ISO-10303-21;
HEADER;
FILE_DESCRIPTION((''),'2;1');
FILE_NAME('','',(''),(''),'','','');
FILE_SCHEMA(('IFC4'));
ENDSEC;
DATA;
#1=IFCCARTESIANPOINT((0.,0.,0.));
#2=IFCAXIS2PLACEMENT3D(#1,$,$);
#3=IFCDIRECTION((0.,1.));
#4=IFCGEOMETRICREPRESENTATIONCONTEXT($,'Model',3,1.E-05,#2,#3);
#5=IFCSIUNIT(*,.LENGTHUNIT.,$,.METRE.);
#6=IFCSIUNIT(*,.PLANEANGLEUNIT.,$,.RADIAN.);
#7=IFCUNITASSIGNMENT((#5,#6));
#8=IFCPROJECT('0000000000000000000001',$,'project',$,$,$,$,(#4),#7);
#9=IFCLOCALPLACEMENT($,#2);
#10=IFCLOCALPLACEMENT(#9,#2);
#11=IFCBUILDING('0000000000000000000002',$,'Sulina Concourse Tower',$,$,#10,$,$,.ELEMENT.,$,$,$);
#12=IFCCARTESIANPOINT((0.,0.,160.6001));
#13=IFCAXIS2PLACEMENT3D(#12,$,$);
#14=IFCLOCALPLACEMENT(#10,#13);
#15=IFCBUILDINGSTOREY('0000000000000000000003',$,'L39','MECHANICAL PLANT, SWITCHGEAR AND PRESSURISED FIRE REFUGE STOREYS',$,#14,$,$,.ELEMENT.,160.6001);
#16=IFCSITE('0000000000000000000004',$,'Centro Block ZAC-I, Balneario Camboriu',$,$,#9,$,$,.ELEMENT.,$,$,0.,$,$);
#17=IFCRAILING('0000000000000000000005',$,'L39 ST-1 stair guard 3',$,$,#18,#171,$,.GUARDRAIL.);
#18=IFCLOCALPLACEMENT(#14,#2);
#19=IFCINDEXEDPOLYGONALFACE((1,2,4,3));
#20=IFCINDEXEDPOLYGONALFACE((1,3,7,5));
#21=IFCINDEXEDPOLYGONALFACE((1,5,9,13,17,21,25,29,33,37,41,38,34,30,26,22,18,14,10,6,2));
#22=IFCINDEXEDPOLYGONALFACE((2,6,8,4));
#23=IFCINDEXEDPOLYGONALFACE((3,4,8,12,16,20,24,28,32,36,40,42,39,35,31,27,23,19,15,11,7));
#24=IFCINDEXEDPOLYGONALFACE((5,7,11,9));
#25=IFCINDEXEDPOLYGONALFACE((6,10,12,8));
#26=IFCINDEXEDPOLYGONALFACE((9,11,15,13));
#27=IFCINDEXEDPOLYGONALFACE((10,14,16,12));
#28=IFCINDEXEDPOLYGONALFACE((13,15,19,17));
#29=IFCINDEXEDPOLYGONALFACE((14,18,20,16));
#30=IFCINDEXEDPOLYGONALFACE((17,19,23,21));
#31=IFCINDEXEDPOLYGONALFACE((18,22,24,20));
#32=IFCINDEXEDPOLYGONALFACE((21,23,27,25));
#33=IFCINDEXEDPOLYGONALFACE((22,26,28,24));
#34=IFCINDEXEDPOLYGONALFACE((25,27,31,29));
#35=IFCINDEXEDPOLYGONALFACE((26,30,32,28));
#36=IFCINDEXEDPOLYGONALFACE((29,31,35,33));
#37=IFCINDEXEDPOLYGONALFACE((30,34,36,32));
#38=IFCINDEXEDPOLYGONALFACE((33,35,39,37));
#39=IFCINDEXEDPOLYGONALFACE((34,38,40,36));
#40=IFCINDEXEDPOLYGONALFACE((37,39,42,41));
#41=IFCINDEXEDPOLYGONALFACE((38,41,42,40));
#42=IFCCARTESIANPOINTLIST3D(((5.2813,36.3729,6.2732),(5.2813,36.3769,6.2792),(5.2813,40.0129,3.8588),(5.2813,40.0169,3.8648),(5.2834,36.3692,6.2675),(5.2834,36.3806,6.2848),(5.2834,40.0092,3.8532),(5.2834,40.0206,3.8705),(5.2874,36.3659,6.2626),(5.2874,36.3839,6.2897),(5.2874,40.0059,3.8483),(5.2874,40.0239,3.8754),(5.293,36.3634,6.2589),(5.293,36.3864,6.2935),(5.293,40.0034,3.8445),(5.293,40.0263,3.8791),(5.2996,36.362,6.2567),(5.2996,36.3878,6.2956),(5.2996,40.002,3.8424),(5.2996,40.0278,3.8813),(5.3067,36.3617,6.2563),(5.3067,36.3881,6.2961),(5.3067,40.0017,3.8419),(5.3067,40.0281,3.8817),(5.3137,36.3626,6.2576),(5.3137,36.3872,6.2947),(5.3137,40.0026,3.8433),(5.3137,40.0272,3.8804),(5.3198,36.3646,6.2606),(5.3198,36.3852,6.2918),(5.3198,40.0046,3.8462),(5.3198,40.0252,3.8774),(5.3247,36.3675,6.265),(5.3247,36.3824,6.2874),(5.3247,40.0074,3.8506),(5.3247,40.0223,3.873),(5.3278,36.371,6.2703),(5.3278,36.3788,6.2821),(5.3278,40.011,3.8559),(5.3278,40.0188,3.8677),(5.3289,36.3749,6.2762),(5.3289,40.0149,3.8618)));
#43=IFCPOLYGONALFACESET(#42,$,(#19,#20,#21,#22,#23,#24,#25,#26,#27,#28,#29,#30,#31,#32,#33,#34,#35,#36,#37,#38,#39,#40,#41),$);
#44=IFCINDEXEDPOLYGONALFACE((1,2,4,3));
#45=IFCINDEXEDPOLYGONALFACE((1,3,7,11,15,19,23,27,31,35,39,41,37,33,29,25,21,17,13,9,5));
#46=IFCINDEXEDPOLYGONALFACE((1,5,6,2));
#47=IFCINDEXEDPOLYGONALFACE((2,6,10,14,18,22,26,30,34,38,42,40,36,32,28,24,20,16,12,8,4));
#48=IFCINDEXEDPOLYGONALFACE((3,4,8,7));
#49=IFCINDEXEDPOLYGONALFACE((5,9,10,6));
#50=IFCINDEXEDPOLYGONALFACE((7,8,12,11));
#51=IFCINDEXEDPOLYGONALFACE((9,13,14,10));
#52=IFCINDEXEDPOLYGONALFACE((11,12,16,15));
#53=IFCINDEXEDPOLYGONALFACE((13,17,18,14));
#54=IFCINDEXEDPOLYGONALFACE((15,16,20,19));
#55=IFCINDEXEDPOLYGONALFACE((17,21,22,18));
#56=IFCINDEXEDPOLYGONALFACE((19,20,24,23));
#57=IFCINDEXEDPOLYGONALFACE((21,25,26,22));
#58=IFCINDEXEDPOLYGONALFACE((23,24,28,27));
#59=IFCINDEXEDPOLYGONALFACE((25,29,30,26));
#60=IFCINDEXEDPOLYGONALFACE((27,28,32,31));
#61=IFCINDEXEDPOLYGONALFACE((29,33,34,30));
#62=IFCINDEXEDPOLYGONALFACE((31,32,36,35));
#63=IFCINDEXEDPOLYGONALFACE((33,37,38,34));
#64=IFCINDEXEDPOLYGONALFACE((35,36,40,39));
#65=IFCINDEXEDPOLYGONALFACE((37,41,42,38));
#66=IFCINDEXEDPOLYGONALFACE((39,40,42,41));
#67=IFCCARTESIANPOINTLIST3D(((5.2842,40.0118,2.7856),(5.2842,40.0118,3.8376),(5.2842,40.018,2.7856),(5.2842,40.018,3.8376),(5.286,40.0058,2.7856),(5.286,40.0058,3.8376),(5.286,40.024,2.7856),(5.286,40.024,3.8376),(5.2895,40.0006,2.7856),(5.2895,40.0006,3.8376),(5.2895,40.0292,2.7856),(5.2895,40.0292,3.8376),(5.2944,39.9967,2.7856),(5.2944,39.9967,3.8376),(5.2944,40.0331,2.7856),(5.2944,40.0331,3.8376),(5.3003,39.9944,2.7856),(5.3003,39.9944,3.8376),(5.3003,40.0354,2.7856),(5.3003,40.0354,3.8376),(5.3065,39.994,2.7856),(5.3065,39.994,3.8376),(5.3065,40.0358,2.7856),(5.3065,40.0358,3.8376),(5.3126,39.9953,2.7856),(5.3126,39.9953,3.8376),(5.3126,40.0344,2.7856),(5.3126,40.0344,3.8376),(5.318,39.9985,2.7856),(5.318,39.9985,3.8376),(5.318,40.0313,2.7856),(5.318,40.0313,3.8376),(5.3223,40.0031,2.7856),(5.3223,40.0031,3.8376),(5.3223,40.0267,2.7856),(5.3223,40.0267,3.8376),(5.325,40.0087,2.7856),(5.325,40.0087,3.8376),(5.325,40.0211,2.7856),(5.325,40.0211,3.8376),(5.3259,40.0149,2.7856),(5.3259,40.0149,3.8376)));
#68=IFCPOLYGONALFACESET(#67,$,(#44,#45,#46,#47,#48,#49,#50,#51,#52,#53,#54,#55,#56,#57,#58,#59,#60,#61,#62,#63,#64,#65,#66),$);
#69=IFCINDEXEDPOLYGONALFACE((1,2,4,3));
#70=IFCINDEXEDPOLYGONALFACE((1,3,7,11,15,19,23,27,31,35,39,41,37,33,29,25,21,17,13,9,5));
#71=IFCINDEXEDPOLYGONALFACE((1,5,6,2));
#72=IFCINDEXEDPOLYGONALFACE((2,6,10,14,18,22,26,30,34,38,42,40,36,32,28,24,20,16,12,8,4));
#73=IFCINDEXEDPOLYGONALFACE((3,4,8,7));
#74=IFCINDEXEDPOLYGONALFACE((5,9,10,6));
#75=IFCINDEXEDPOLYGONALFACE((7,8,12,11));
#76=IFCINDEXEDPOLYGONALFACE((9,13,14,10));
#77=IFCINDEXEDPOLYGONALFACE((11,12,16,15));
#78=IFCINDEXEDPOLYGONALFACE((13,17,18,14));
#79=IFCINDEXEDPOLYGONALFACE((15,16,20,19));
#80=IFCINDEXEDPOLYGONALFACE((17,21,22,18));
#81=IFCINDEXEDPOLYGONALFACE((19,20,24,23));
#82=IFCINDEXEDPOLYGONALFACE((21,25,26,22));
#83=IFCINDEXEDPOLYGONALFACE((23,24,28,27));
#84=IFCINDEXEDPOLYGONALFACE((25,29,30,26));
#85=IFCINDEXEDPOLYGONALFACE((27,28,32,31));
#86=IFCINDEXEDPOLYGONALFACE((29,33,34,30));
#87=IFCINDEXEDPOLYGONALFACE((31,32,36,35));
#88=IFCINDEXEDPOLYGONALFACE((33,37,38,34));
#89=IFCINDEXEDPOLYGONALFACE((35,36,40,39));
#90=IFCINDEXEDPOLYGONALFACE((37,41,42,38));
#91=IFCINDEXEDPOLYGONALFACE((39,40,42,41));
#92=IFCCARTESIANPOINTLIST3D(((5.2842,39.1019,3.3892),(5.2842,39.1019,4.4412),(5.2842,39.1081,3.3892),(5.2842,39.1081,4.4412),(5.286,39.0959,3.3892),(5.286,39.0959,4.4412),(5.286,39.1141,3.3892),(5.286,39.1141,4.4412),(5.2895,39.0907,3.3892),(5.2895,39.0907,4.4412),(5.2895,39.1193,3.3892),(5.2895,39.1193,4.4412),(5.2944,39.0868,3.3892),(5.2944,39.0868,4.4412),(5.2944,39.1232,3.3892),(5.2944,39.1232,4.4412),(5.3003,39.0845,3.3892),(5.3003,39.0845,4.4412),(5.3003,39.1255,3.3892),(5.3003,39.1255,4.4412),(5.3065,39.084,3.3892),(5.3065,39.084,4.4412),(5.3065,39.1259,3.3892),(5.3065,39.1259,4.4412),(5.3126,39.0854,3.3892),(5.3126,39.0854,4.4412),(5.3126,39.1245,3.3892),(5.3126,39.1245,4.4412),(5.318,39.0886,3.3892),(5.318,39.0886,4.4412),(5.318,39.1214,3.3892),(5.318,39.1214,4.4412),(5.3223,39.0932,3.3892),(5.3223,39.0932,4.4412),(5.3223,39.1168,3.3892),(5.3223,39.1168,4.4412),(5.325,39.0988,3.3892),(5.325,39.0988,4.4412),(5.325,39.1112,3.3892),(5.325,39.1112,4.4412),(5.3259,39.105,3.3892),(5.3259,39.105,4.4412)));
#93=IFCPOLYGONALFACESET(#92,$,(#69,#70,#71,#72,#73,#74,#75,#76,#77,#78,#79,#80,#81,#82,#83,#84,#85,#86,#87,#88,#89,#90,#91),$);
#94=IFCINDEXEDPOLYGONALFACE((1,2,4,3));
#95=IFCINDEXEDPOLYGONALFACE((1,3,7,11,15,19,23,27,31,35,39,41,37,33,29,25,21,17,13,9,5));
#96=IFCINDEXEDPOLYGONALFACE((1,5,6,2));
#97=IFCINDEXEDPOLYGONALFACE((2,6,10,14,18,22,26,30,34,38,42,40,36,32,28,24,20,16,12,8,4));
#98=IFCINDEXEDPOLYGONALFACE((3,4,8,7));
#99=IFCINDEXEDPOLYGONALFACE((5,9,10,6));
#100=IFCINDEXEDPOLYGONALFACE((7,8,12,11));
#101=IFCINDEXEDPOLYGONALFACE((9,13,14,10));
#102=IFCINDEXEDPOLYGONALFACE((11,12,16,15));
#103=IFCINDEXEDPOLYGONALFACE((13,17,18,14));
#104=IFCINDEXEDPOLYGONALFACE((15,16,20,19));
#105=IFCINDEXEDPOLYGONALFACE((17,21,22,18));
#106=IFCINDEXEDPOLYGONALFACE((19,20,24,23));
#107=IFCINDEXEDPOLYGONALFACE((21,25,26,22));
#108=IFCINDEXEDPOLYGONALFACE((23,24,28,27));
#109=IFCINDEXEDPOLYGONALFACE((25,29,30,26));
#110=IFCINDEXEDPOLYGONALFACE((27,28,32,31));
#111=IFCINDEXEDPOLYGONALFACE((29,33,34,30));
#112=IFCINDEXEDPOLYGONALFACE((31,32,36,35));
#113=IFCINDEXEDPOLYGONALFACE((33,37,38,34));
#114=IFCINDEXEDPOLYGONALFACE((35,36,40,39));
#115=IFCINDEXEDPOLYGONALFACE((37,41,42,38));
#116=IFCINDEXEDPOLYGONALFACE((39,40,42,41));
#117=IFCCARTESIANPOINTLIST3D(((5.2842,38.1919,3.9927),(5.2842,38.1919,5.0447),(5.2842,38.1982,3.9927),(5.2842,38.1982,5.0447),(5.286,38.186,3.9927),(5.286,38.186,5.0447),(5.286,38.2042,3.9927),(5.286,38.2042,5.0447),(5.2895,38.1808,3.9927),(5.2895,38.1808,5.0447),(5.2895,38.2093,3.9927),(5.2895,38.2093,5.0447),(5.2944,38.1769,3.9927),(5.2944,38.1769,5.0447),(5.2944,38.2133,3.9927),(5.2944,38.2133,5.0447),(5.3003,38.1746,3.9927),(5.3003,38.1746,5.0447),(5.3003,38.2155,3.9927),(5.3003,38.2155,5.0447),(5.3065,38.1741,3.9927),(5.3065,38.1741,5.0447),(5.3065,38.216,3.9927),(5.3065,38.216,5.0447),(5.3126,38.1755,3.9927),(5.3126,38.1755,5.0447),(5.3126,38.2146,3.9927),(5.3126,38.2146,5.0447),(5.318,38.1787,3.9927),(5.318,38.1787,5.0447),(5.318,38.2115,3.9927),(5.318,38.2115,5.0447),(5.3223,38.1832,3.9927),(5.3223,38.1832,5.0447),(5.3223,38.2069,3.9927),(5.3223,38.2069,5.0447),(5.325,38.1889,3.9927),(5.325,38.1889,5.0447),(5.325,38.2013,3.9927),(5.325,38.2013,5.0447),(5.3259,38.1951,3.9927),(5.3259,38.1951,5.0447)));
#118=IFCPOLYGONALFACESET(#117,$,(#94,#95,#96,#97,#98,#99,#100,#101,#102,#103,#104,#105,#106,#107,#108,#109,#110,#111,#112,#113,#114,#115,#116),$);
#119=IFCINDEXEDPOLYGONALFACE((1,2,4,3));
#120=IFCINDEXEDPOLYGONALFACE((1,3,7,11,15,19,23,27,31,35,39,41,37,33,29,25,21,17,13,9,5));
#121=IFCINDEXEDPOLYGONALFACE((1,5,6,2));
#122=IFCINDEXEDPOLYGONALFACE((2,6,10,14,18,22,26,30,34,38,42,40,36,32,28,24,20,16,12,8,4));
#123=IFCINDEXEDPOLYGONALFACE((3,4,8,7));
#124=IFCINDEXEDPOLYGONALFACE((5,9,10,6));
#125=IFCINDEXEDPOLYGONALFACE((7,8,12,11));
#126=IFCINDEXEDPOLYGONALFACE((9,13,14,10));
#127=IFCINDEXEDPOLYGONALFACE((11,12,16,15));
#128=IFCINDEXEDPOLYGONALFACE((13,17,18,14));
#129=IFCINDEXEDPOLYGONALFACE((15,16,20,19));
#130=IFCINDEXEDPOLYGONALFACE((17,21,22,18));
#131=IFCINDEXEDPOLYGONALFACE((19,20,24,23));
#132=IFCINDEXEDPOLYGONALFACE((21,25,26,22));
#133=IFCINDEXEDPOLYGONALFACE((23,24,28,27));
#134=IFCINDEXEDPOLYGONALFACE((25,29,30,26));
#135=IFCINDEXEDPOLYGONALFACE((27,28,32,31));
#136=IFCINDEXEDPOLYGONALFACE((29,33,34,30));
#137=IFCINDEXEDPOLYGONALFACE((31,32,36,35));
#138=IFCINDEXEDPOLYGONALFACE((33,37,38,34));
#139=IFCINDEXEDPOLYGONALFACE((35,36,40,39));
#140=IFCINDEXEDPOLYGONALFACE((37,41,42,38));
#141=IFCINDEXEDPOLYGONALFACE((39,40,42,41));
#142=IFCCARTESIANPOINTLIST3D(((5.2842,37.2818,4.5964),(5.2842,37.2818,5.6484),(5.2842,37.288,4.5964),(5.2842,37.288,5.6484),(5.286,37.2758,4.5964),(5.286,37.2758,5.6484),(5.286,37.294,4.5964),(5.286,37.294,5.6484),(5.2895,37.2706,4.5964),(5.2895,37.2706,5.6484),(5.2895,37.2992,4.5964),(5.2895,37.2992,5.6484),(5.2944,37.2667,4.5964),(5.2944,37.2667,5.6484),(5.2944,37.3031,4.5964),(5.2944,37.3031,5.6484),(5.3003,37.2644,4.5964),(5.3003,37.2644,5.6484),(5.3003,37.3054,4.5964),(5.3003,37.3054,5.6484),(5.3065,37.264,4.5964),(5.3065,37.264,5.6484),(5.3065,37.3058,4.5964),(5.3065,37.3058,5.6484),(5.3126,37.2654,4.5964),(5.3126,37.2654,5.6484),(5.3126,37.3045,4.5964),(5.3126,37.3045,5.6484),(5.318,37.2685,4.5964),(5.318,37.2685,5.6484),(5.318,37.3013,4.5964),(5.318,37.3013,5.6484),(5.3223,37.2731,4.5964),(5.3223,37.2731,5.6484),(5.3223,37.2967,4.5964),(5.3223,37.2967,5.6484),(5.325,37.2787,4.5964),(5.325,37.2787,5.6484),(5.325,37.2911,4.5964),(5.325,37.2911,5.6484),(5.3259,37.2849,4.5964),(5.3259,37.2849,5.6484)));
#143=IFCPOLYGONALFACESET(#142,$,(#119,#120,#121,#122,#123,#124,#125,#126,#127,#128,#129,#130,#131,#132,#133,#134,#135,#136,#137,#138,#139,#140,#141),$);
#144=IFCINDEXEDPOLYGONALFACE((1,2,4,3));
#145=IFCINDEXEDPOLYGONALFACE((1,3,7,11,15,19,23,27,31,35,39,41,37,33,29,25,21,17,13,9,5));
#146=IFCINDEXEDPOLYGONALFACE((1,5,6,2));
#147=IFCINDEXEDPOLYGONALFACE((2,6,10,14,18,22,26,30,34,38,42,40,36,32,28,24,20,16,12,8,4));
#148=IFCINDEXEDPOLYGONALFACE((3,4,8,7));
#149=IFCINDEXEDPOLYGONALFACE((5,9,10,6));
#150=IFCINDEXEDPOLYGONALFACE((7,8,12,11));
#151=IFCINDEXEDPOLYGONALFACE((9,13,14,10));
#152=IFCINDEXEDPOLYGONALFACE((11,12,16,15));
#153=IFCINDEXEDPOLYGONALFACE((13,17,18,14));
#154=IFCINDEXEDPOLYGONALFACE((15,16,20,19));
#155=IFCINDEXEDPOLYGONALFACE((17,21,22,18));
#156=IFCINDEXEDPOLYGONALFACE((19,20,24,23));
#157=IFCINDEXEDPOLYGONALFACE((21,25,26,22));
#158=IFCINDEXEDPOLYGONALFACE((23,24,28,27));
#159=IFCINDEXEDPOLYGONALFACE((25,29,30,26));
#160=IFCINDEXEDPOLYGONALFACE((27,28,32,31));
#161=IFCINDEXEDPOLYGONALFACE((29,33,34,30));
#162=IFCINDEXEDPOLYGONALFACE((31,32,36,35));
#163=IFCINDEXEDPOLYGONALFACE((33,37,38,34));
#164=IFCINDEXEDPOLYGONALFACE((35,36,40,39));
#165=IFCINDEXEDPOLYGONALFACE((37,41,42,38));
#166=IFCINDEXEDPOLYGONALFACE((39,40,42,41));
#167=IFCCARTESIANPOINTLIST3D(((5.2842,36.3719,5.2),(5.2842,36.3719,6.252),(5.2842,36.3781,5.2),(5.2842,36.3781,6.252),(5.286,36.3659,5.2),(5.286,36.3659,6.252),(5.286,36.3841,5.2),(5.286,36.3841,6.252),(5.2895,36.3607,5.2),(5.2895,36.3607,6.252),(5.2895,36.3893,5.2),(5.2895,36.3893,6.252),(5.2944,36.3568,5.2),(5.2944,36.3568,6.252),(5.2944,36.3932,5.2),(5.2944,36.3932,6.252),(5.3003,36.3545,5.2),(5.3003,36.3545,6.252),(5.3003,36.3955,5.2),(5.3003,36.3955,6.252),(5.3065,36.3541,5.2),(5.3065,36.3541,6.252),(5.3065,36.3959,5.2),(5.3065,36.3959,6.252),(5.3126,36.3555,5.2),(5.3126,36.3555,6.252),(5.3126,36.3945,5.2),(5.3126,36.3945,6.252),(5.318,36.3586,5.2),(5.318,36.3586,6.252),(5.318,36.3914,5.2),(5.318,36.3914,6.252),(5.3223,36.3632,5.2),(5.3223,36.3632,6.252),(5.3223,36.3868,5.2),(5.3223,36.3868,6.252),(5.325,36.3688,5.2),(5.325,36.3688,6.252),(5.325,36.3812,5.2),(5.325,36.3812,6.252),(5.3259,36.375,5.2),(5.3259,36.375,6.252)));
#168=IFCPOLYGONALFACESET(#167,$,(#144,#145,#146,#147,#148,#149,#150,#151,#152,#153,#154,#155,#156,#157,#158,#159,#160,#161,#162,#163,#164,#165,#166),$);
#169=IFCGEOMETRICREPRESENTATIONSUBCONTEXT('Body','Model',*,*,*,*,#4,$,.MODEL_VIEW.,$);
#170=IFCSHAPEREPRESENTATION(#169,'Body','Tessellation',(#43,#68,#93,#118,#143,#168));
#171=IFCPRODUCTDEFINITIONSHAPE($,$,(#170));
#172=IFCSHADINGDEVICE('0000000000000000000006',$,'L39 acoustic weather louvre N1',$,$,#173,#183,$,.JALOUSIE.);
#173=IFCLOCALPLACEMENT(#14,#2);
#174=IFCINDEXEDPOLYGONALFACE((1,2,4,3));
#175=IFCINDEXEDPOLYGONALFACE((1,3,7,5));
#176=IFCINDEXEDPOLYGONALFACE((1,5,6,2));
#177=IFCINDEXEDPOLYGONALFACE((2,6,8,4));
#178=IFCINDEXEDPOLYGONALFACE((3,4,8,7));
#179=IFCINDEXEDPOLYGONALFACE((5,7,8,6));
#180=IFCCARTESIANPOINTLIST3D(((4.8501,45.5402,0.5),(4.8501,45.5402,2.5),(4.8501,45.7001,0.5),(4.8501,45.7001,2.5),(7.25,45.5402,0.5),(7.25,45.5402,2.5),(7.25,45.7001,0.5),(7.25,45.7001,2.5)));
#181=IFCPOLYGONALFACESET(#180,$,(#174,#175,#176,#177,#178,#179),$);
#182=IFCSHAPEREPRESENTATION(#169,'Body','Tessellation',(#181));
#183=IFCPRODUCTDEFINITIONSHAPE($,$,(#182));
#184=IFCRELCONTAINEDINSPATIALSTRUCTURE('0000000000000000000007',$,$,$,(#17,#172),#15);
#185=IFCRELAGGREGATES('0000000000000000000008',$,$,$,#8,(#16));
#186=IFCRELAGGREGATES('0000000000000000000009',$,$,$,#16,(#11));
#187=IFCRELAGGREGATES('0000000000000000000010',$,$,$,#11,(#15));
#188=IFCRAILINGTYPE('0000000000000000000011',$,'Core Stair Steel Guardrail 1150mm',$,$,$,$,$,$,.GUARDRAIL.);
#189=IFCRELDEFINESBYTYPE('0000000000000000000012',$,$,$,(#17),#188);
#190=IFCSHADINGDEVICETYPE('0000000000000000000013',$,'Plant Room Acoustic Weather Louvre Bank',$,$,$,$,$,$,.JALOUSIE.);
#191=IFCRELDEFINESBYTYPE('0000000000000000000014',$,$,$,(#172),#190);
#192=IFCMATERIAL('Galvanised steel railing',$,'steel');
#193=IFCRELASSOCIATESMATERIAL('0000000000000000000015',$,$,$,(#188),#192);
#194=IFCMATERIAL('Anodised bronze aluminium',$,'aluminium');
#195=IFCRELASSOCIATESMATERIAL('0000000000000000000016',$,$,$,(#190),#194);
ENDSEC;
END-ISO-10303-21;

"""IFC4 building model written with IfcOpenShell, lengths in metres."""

from ifc_helpers import new_model, si_unit, direction, frame, origin, origin_2d, place, context, subcontext, project, spatial, rectangle, circle, extrude, material, type_object, element, save


model = new_model("IFC4")

# Units and contexts
model_context = context("Model", 3, precision=1e-05, world=origin(), true_north=direction((0.0, 1.0)))
body_context = subcontext(model_context, "Body", "Model", "MODEL_VIEW")
ifc_project = project(units=[si_unit("LENGTHUNIT", "METRE"), si_unit("PLANEANGLEUNIT", "RADIAN")], contexts=[model_context])

# Site, building, storey
site_placement = place(None, origin())
site = spatial("IfcSite", under=ifc_project, at=site_placement, Name="Centro Block ZAC-I, Balneario Camboriu", CompositionType="ELEMENT", RefElevation=0.0)
building_placement = place(site_placement, origin())
building = spatial("IfcBuilding", under=site, at=building_placement, Name="Sulina Concourse Tower", CompositionType="ELEMENT")
storey_placement = place(building_placement, frame((0.0, 0.0, 160.6001)))
storey = spatial("IfcBuildingStorey", under=building, at=storey_placement, Name="L39", Description="MECHANICAL PLANT, SWITCHGEAR AND PRESSURISED FIRE REFUGE STOREYS", CompositionType="ELEMENT", Elevation=160.6001)

# Railing
ifc_material_1 = material(Name="Galvanised steel railing", Category="steel")
railing_type_1 = type_object("IfcRailingType", Name="Core Stair Steel Guardrail 1150mm", PredefinedType="GUARDRAIL", material=ifc_material_1)
railing_1_placement = place(storey_placement, frame((5.3049, 40.0149, 2.7856)))
element("IfcRailing", 1, at=railing_1_placement, inside=storey, type_object=railing_type_1, Name="L39 ST-1 stair guard 3", PredefinedType="GUARDRAIL", context=body_context, shape_type="SweptSolid", body=[
    extrude(circle(Radius=0.0239, at=origin_2d()), frame((0.0, 0.0, 1.0762), z_axis=(0.0, -0.833347, 0.552751), x_axis=(1.0, 0.0, 0.0)), (0.0, 0.0, 1.0), 4.3679),
    extrude(circle(Radius=0.021, at=origin_2d()), origin(), (0.0, 0.0, 1.0), 1.052),
    extrude(circle(Radius=0.021, at=origin_2d()), frame((0.0, -0.9099, 0.6035)), (0.0, 0.0, 1.0), 1.052),
    extrude(circle(Radius=0.021, at=origin_2d()), frame((0.0, -1.8198, 1.207)), (0.0, 0.0, 1.0), 1.052),
    extrude(circle(Radius=0.021, at=origin_2d()), frame((0.0, -2.73, 1.8108)), (0.0, 0.0, 1.0), 1.052),
    extrude(circle(Radius=0.021, at=origin_2d()), frame((0.0, -3.6399, 2.4143)), (0.0, 0.0, 1.0), 1.052),
])

# Shading device
ifc_material_2 = material(Name="Anodised bronze aluminium", Category="aluminium")
shading_device_type = type_object("IfcShadingDeviceType", Name="Plant Room Acoustic Weather Louvre Bank", PredefinedType="JALOUSIE", material=ifc_material_2)
shading_device_placement = place(storey_placement, frame((6.05, 45.6201, 0.5), z_axis=(0.0, 0.0, 1.0), x_axis=(1.0, 0.0, 0.0)))
element("IfcShadingDevice", 2, at=shading_device_placement, inside=storey, type_object=shading_device_type, Name="L39 acoustic weather louvre N1", PredefinedType="JALOUSIE", context=body_context, shape_type="SweptSolid", body=[
    extrude(rectangle(XDim=2.3999, YDim=0.1599, at=origin_2d()), origin(), (0.0, 0.0, 1.0), 2.0),
])

save(model, "model.ifc")
